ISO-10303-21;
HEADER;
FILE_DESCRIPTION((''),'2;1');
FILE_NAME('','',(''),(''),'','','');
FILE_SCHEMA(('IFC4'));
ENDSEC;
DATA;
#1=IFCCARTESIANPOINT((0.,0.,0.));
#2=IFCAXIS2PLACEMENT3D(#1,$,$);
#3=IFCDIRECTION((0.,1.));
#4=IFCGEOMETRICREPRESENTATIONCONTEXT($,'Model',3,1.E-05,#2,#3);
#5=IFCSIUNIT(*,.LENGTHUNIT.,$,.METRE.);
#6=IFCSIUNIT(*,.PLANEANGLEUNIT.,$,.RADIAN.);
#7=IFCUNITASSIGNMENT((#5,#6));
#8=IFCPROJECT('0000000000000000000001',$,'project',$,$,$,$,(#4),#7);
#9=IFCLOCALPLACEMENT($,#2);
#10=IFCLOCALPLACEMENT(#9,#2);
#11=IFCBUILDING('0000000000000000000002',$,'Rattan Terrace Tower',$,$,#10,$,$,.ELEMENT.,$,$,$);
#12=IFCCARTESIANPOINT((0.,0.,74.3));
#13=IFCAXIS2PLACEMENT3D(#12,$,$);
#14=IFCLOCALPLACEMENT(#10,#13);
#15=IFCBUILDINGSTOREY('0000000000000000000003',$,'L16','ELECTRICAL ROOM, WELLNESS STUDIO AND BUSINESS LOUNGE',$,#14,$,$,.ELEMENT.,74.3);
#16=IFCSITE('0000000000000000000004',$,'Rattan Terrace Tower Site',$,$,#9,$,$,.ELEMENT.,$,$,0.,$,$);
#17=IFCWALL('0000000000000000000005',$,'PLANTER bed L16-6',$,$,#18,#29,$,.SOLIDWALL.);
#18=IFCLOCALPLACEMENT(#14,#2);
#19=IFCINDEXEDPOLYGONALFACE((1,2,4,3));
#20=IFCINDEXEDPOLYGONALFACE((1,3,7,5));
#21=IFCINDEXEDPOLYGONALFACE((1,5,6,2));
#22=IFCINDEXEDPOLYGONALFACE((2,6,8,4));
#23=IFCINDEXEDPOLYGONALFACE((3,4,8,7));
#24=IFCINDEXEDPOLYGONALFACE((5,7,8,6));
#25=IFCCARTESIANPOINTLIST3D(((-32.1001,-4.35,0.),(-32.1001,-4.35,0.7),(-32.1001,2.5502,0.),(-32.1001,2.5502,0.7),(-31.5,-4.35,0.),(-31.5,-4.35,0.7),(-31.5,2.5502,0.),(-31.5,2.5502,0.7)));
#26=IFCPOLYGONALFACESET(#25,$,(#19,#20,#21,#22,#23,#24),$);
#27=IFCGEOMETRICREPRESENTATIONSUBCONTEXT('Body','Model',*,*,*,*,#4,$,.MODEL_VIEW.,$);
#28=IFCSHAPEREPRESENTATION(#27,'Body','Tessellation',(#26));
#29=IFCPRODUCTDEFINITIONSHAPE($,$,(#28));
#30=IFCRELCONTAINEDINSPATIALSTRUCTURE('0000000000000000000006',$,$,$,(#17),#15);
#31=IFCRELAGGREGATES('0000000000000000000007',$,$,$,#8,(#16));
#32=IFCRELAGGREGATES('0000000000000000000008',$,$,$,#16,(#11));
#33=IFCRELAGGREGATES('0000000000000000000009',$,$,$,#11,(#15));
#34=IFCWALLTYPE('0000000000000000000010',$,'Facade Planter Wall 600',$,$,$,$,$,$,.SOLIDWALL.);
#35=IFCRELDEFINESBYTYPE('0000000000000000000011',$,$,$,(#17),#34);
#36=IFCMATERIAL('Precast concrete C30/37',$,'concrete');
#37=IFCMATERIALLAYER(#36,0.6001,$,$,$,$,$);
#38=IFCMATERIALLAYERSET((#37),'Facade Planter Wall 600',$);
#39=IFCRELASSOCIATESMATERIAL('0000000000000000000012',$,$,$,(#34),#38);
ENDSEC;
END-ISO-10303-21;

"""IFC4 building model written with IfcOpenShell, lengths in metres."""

from ifc_helpers import new_model, si_unit, direction, frame, frame_2d, origin, place, context, subcontext, project, spatial, rectangle, extrude, material, layer, layer_set, type_object, element, save


model = new_model("IFC4")

# Units and contexts
model_context = context("Model", 3, precision=1e-05, world=origin(), true_north=direction((0.0, 1.0)))
body_context = subcontext(model_context, "Body", "Model", "MODEL_VIEW")
ifc_project = project(units=[si_unit("LENGTHUNIT", "METRE"), si_unit("PLANEANGLEUNIT", "RADIAN")], contexts=[model_context])

# Site, building, storey
site_placement = place(None, origin())
site = spatial("IfcSite", under=ifc_project, at=site_placement, Name="Rattan Terrace Tower Site", CompositionType="ELEMENT", RefElevation=0.0)
building_placement = place(site_placement, origin())
building = spatial("IfcBuilding", under=site, at=building_placement, Name="Rattan Terrace Tower", CompositionType="ELEMENT")
storey_placement = place(building_placement, frame((0.0, 0.0, 74.3)))
storey = spatial("IfcBuildingStorey", under=building, at=storey_placement, Name="L16", Description="ELECTRICAL ROOM, WELLNESS STUDIO AND BUSINESS LOUNGE", CompositionType="ELEMENT", Elevation=74.3)

# Wall
ifc_material_1 = material(Name="Precast concrete C30/37", Category="concrete")
ifc_layer_1 = layer(ifc_material_1, 0.6001)
ifc_layer_set_1 = layer_set([ifc_layer_1], Name="Facade Planter Wall 600")
wall_type_1 = type_object("IfcWallType", Name="Facade Planter Wall 600", PredefinedType="SOLIDWALL", material=ifc_layer_set_1)
wall_1_placement = place(storey_placement, frame((-31.8, -4.3501, 0.0), z_axis=(0.0, 0.0, 1.0), x_axis=(0.0, 1.0, 0.0)))
element("IfcWall", 1, at=wall_1_placement, inside=storey, type_object=wall_type_1, Name="PLANTER bed L16-6", PredefinedType="SOLIDWALL", context=body_context, shape_type="SweptSolid", body=[
    extrude(rectangle(XDim=6.9001, YDim=0.6001, at=frame_2d((3.4502, 0.0))), origin(), (0.0, 0.0, 1.0), 0.7),
])

save(model, "model.ifc")
